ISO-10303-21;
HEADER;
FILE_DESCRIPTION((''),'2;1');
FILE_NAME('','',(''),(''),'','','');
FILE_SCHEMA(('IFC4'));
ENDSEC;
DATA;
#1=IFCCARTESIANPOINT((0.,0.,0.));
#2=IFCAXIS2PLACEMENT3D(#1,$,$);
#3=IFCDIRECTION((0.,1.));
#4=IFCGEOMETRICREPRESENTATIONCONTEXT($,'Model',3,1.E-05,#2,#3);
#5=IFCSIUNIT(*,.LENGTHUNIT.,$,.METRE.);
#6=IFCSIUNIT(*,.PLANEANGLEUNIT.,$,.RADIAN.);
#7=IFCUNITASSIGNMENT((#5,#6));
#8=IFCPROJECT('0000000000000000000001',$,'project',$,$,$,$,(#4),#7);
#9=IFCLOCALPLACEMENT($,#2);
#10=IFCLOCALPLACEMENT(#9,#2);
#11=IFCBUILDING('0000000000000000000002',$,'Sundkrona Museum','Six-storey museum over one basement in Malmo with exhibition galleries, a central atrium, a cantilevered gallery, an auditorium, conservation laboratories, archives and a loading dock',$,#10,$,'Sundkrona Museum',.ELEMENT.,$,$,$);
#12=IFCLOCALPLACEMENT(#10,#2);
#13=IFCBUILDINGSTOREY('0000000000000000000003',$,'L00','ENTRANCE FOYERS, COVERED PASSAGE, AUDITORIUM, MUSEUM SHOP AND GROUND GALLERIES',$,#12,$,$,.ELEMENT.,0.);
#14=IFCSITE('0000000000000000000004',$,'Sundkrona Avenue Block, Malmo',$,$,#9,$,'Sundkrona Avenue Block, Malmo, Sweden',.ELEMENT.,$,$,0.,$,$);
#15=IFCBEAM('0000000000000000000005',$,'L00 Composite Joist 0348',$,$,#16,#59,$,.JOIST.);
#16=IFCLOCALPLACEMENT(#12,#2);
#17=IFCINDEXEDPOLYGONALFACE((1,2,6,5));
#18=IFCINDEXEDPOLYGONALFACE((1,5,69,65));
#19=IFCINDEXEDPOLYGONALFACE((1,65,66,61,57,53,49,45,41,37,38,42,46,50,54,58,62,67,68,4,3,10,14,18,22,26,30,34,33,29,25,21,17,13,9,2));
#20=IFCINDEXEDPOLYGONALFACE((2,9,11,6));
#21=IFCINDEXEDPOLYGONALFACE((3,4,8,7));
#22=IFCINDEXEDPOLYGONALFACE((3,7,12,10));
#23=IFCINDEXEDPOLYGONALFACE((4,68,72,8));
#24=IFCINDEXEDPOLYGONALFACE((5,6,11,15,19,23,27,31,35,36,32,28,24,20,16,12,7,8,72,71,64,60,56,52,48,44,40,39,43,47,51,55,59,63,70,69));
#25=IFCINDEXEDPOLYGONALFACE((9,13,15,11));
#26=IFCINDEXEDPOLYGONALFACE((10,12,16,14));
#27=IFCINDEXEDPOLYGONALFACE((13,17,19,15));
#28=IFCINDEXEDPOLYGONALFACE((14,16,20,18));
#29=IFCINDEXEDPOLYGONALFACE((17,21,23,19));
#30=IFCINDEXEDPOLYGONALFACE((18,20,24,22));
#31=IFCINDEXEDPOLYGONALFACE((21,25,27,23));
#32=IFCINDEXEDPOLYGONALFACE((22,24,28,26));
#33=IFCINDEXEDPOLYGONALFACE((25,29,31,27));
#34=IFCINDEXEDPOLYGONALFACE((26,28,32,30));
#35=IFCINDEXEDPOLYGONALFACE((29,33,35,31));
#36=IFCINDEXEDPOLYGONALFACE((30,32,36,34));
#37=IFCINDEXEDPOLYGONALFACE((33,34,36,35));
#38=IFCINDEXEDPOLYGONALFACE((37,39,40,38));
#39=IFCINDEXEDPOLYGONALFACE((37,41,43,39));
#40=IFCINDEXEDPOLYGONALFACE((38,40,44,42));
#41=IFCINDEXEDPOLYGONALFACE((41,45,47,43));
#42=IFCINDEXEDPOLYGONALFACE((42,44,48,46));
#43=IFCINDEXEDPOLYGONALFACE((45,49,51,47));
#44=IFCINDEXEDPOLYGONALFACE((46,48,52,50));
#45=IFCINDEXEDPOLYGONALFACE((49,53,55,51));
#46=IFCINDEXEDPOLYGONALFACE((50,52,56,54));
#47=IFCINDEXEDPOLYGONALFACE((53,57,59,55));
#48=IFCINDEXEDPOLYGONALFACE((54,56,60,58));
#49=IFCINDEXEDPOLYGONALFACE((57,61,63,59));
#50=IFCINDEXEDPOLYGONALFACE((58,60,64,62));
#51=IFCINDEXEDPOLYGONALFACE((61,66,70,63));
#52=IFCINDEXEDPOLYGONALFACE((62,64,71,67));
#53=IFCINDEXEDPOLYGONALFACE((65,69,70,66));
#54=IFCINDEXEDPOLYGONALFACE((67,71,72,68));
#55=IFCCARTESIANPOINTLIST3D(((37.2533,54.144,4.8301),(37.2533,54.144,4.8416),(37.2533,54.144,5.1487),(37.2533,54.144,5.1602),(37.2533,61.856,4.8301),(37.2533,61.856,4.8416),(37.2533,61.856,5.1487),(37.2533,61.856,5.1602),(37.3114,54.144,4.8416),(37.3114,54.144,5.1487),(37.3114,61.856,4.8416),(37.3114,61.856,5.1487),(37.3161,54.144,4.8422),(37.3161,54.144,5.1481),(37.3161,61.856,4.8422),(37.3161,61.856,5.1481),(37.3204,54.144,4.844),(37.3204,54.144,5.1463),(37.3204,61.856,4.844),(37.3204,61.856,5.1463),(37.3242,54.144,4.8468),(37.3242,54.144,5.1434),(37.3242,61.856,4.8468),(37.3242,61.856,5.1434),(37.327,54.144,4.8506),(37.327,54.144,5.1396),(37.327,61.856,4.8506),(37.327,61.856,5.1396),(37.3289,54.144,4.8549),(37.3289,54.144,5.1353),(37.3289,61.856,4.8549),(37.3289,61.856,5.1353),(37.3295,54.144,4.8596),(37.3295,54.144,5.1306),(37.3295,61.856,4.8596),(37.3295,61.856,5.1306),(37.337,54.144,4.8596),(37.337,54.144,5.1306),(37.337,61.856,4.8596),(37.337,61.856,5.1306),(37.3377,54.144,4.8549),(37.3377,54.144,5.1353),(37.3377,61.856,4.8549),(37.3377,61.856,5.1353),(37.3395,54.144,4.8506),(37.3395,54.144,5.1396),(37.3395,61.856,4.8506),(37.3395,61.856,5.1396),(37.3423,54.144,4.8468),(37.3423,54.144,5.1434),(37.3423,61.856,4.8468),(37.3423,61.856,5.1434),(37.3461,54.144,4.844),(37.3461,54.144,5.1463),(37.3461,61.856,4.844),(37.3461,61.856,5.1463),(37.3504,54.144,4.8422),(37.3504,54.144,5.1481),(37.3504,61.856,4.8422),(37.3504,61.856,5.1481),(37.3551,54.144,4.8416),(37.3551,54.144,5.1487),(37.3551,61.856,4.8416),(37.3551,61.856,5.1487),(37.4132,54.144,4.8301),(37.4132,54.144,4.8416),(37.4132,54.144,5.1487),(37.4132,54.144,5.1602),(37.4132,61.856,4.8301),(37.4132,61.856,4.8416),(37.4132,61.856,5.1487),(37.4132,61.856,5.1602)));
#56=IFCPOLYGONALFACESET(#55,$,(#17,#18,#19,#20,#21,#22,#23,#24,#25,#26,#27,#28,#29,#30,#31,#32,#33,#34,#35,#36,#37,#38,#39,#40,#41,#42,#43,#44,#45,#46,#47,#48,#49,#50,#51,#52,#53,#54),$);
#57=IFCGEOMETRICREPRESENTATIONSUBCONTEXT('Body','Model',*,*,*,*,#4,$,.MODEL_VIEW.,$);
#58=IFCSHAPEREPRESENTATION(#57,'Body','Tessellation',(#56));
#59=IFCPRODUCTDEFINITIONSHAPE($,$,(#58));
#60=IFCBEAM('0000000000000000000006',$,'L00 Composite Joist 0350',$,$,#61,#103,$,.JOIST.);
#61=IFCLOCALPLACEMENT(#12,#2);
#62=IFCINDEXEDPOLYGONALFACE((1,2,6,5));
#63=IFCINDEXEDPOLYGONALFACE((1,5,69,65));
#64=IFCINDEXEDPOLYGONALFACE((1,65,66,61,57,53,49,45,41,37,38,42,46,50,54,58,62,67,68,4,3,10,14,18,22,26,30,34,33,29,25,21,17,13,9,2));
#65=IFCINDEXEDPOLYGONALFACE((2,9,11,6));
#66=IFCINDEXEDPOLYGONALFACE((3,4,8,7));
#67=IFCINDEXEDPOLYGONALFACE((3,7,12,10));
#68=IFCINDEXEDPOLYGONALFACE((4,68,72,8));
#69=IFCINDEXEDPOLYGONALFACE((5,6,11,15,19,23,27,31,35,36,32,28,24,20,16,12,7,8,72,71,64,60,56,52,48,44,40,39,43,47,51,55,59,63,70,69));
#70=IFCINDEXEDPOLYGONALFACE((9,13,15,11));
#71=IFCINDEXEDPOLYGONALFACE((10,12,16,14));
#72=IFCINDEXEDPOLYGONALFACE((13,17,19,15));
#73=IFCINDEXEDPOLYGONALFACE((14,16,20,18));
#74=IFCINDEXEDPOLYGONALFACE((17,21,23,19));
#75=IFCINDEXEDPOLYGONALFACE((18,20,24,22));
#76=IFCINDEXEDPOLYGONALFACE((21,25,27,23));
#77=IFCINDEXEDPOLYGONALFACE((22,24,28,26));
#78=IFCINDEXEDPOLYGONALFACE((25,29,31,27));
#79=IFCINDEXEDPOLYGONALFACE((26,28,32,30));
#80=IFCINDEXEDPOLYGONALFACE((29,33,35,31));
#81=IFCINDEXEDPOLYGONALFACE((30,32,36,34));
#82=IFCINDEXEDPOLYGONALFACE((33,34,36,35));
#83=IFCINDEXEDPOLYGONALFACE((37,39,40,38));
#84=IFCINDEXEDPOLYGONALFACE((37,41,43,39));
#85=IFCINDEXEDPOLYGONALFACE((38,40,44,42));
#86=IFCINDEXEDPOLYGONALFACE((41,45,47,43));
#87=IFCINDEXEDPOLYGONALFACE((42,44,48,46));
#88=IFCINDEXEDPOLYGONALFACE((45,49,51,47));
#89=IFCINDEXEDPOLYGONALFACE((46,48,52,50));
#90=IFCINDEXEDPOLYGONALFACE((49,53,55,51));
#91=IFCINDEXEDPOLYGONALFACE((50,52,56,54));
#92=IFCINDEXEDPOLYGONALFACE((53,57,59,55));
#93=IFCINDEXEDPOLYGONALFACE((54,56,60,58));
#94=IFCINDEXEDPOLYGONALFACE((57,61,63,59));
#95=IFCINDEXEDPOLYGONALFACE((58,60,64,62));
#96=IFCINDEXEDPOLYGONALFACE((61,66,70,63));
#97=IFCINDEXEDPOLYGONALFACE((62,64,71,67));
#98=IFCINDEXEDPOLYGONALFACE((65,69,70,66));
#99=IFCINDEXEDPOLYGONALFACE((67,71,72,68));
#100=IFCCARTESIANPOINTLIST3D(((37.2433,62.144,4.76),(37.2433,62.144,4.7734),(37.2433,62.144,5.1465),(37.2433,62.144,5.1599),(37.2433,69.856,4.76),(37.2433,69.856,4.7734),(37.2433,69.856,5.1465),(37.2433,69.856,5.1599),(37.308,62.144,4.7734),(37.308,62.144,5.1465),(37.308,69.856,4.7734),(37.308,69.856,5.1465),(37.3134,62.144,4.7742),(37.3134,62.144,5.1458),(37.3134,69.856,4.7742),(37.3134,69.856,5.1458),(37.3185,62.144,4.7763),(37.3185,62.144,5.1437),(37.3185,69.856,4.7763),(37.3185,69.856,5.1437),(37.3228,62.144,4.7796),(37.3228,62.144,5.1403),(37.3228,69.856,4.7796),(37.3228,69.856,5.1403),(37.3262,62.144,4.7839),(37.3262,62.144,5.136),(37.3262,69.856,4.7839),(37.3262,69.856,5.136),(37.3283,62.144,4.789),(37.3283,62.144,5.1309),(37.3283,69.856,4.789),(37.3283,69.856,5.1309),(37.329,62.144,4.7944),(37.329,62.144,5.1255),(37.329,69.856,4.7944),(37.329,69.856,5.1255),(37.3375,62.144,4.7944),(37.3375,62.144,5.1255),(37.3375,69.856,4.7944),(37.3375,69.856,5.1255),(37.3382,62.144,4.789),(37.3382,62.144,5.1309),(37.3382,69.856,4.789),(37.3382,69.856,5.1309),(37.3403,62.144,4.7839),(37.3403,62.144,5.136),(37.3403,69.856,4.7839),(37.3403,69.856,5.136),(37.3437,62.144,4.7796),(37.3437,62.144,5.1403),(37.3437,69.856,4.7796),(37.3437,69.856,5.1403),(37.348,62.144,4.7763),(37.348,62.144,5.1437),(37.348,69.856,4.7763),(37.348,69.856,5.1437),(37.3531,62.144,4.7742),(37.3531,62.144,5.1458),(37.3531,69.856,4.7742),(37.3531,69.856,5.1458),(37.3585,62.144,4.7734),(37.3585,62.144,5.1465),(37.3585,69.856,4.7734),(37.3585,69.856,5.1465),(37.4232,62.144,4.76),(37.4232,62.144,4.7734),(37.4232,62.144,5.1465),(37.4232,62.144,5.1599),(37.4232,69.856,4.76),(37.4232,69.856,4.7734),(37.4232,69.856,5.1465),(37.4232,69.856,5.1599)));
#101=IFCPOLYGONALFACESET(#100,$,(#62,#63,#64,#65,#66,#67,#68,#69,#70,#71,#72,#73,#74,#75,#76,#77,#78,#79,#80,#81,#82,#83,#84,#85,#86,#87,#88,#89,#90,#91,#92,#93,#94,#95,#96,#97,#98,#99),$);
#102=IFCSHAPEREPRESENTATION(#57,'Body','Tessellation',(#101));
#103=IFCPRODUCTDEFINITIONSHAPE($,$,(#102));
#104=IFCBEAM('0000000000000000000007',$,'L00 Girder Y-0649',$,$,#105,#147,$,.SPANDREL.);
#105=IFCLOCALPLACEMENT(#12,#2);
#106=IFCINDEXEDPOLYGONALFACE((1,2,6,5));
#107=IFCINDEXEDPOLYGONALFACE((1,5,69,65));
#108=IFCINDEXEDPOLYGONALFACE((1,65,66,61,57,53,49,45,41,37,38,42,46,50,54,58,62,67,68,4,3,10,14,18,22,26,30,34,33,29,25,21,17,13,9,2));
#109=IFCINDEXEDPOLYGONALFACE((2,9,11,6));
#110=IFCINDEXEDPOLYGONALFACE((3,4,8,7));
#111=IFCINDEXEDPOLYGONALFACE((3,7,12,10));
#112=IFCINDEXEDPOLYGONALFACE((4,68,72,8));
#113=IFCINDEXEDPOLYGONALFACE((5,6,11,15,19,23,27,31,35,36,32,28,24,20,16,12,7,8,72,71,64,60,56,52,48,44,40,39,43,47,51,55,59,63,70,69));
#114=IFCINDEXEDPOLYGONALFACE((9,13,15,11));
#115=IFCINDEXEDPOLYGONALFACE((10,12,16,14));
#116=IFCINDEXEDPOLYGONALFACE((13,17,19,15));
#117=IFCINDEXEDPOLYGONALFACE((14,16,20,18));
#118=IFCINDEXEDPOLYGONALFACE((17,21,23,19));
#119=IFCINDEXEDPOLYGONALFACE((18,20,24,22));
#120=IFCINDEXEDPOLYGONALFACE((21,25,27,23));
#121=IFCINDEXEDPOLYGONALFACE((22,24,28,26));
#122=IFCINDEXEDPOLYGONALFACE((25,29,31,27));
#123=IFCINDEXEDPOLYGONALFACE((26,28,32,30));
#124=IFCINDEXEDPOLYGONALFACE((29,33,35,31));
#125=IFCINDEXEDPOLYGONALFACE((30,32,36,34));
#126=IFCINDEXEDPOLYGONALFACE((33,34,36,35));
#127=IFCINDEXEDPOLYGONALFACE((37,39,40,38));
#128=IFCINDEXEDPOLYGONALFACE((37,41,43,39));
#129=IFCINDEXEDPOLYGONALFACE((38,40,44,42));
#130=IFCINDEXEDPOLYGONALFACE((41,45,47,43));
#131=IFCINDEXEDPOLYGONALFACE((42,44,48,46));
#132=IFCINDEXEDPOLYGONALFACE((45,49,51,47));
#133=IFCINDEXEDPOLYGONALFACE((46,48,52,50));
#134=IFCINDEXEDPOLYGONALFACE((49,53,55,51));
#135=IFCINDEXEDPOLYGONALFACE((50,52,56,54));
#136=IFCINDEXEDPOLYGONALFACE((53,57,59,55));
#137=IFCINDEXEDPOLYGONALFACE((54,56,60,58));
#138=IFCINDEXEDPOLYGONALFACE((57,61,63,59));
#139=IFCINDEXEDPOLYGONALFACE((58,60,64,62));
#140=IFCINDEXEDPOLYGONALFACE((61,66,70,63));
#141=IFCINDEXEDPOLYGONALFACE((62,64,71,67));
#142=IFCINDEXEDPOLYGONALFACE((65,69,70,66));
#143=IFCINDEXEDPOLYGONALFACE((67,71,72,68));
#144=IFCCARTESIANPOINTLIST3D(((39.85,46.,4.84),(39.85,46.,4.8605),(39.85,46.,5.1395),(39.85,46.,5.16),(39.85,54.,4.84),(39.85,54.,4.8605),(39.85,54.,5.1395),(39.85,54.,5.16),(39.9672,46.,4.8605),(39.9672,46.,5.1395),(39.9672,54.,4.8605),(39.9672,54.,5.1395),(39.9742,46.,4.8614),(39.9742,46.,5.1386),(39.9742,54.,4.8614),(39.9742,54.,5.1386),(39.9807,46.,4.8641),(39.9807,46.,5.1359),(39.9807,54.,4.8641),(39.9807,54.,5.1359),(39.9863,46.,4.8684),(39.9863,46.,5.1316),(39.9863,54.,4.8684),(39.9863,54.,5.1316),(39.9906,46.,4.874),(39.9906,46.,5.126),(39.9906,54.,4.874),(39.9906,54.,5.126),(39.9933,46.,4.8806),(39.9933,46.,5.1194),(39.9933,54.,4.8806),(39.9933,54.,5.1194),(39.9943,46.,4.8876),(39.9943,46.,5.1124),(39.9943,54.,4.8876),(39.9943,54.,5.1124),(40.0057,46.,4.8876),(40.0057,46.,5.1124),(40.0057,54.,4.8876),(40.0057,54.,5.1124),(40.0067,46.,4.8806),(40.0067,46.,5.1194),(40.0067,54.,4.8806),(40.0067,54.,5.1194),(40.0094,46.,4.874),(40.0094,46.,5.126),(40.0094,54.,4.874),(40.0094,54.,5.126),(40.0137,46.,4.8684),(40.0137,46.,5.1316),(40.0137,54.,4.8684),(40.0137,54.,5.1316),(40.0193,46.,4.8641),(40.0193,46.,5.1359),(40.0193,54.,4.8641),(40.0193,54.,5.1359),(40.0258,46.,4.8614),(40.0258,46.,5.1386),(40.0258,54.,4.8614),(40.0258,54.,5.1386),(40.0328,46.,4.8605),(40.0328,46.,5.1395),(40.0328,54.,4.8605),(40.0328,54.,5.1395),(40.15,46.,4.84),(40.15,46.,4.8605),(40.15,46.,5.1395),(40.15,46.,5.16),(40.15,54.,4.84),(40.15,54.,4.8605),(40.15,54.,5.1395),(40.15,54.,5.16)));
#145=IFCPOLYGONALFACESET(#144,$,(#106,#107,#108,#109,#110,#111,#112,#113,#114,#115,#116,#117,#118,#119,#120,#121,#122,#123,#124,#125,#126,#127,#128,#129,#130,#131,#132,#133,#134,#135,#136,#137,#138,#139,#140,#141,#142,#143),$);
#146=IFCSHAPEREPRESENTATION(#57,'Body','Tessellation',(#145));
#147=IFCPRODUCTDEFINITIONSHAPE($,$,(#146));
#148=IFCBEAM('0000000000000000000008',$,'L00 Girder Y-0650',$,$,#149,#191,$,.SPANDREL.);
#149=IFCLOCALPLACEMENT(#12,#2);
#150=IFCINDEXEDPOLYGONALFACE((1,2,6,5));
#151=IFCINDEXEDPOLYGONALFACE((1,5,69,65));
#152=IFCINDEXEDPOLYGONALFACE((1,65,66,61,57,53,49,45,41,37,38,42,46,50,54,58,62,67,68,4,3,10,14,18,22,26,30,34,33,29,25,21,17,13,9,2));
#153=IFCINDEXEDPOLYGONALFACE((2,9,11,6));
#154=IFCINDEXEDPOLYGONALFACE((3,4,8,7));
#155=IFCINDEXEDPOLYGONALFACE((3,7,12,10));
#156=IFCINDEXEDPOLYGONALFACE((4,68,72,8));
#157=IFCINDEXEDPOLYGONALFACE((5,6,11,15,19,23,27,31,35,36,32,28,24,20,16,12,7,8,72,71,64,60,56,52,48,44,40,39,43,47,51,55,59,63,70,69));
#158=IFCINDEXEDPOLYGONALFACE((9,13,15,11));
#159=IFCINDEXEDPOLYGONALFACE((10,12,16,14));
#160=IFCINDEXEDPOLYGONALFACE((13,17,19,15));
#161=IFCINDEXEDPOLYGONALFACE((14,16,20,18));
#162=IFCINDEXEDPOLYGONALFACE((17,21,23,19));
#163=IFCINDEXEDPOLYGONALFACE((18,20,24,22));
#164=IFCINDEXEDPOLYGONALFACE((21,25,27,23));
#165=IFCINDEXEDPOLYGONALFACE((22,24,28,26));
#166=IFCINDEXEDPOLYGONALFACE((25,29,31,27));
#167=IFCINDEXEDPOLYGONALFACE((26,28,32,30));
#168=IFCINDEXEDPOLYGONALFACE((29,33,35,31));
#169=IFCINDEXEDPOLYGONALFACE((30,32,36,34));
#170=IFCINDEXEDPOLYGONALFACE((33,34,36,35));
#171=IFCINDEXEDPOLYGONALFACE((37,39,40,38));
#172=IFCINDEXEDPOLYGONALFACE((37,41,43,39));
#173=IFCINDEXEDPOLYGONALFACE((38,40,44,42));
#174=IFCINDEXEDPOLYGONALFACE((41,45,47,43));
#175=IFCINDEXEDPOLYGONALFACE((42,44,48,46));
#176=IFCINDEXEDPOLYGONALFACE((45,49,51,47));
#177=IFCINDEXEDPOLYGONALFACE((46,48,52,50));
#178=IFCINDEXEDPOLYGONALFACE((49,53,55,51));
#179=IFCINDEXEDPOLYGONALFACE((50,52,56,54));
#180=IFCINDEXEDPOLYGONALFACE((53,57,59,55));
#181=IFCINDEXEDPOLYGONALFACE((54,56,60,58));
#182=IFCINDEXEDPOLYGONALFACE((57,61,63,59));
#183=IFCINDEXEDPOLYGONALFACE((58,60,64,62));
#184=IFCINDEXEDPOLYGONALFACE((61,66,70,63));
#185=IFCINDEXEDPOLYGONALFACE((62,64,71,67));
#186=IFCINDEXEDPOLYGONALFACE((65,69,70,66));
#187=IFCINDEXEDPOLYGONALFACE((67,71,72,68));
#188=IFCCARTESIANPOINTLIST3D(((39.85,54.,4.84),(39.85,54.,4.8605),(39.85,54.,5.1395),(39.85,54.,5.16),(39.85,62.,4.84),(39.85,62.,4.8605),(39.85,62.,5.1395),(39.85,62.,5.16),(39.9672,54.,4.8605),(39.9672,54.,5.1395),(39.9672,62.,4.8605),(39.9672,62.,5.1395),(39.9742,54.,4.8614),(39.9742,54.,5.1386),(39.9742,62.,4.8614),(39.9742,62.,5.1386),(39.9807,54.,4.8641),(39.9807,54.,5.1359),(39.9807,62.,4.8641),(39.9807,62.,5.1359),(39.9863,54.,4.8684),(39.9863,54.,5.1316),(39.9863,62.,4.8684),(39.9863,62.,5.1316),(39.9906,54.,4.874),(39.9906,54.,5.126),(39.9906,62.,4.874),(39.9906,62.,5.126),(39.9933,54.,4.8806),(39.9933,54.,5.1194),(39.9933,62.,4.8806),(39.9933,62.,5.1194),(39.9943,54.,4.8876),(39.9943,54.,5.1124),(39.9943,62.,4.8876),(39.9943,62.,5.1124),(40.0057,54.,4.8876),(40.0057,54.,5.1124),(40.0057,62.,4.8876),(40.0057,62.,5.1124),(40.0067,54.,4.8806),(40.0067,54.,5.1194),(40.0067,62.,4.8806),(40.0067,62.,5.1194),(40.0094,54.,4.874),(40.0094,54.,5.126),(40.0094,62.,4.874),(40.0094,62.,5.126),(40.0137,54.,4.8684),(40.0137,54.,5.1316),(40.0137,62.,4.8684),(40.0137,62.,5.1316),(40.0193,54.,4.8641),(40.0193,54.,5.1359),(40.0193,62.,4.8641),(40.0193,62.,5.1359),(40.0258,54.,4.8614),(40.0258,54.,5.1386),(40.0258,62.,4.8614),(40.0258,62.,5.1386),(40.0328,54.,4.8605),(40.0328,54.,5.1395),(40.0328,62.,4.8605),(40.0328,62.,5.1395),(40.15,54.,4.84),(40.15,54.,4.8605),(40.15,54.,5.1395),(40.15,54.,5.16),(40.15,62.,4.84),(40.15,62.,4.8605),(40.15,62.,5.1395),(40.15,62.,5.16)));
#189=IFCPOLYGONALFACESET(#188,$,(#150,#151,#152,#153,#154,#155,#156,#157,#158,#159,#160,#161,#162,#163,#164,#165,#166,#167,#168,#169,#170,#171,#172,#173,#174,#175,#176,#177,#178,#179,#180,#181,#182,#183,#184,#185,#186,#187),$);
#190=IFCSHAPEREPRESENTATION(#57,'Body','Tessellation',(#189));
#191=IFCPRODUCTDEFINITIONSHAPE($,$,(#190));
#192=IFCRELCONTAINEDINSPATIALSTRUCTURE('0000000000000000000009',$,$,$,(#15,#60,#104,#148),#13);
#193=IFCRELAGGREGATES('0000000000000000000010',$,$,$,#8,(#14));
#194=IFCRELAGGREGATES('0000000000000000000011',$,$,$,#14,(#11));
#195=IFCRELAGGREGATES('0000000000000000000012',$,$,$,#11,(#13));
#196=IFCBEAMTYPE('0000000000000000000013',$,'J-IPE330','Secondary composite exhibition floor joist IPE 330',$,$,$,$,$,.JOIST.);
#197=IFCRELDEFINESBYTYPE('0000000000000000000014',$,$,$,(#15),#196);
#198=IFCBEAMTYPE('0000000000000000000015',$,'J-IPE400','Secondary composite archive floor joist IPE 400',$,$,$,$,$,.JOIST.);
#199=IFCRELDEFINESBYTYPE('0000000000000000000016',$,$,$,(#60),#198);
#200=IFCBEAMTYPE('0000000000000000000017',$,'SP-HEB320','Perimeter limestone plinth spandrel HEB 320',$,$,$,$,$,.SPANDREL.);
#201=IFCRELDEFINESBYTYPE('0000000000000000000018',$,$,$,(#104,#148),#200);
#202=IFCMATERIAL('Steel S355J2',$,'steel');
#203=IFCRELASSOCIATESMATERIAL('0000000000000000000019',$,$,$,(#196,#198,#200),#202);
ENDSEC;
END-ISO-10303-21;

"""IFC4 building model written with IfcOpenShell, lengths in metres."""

from ifc_helpers import new_model, si_unit, direction, frame, origin, origin_2d, place, context, subcontext, project, spatial, i_section, extrude, material, material_profile, profile_set, type_object, element, save


model = new_model("IFC4")

# Units and contexts
model_context = context("Model", 3, precision=1e-05, world=origin(), true_north=direction((0.0, 1.0)))
body_context = subcontext(model_context, "Body", "Model", "MODEL_VIEW")
ifc_project = project(units=[si_unit("LENGTHUNIT", "METRE"), si_unit("PLANEANGLEUNIT", "RADIAN")], contexts=[model_context])

# Site, building, storey
site_placement = place(None, origin())
site = spatial("IfcSite", under=ifc_project, at=site_placement, Name="Sundkrona Avenue Block, Malmo", LongName="Sundkrona Avenue Block, Malmo, Sweden", CompositionType="ELEMENT", RefElevation=0.0)
building_placement = place(site_placement, origin())
building = spatial("IfcBuilding", under=site, at=building_placement, Name="Sundkrona Museum", Description="Six-storey museum over one basement in Malmo with exhibition galleries, a central atrium, a cantilevered gallery, an auditorium, conservation laboratories, archives and a loading dock", LongName="Sundkrona Museum", CompositionType="ELEMENT")
storey_placement = place(building_placement, origin())
storey = spatial("IfcBuildingStorey", under=building, at=storey_placement, Name="L00", Description="ENTRANCE FOYERS, COVERED PASSAGE, AUDITORIUM, MUSEUM SHOP AND GROUND GALLERIES", CompositionType="ELEMENT", Elevation=0.0)

# Shared definitions
ifc_material_1 = material(Name="Steel S355J2", Category="steel")

# Beams
ifc_material_profile_1 = material_profile(ifc_material_1, i_section(OverallWidth=0.1599, OverallDepth=0.3301, WebThickness=0.0076, FlangeThickness=0.0115, FilletRadius=0.0181, at=origin_2d()), Name="IPE 330")
ifc_profile_set_1 = profile_set([ifc_material_profile_1], Name="Steel S355J2")
beam_type_1 = type_object("IfcBeamType", Name="J-IPE330", Description="Secondary composite exhibition floor joist IPE 330", PredefinedType="JOIST", material=ifc_profile_set_1)
for number, where, z_axis, x_axis, name in (
    (1, (37.3333, 54.144, 4.9951), (0.0, 1.0, 0.0), (-1.0, 0.0, 0.0), "L00 Composite Joist 0348"),
):
    element("IfcBeam", number, at=place(storey_placement, frame(where, z_axis=z_axis, x_axis=x_axis)), inside=storey, type_object=beam_type_1, Name=name, PredefinedType="JOIST", context=body_context, shape_type="SweptSolid", body=[
        extrude(i_section(OverallWidth=0.1599, OverallDepth=0.3301, WebThickness=0.0076, FlangeThickness=0.0115, FilletRadius=0.0181, at=origin_2d()), origin(), (0.0, 0.0, 1.0), 7.7119),
    ])
ifc_material_profile_2 = material_profile(ifc_material_1, i_section(OverallWidth=0.1799, OverallDepth=0.3999, WebThickness=0.0085, FlangeThickness=0.0134, FilletRadius=0.021, at=origin_2d()), Name="IPE 400")
ifc_profile_set_2 = profile_set([ifc_material_profile_2], Name="Steel S355J2")
beam_type_2 = type_object("IfcBeamType", Name="J-IPE400", Description="Secondary composite archive floor joist IPE 400", PredefinedType="JOIST", material=ifc_profile_set_2)
beam_placement = place(storey_placement, frame((37.3333, 62.144, 4.96), z_axis=(0.0, 1.0, 0.0), x_axis=(-1.0, 0.0, 0.0)))
element("IfcBeam", 2, at=beam_placement, inside=storey, type_object=beam_type_2, Name="L00 Composite Joist 0350", PredefinedType="JOIST", context=body_context, shape_type="SweptSolid", body=[
    extrude(i_section(OverallWidth=0.1799, OverallDepth=0.3999, WebThickness=0.0085, FlangeThickness=0.0134, FilletRadius=0.021, at=origin_2d()), origin(), (0.0, 0.0, 1.0), 7.7119),
])
ifc_material_profile_3 = material_profile(ifc_material_1, i_section(OverallWidth=0.3, OverallDepth=0.3201, WebThickness=0.0115, FlangeThickness=0.0205, FilletRadius=0.0271, at=origin_2d()), Name="HEB 320")
ifc_profile_set_3 = profile_set([ifc_material_profile_3], Name="Steel S355J2")
beam_type_3 = type_object("IfcBeamType", Name="SP-HEB320", Description="Perimeter limestone plinth spandrel HEB 320", PredefinedType="SPANDREL", material=ifc_profile_set_3)
for number, where, z_axis, x_axis, name in (
    (3, (40.0, 46.0, 5.0), (0.0, 1.0, 0.0), (-1.0, 0.0, 0.0), "L00 Girder Y-0649"),
    (4, (40.0, 54.0, 5.0), (0.0, 1.0, 0.0), (-1.0, 0.0, 0.0), "L00 Girder Y-0650"),
):
    element("IfcBeam", number, at=place(storey_placement, frame(where, z_axis=z_axis, x_axis=x_axis)), inside=storey, type_object=beam_type_3, Name=name, PredefinedType="SPANDREL", context=body_context, shape_type="SweptSolid", body=[
        extrude(i_section(OverallWidth=0.3, OverallDepth=0.3201, WebThickness=0.0115, FlangeThickness=0.0205, FilletRadius=0.0271, at=origin_2d()), origin(), (0.0, 0.0, 1.0), 8.0),
    ])

save(model, "model.ifc")
